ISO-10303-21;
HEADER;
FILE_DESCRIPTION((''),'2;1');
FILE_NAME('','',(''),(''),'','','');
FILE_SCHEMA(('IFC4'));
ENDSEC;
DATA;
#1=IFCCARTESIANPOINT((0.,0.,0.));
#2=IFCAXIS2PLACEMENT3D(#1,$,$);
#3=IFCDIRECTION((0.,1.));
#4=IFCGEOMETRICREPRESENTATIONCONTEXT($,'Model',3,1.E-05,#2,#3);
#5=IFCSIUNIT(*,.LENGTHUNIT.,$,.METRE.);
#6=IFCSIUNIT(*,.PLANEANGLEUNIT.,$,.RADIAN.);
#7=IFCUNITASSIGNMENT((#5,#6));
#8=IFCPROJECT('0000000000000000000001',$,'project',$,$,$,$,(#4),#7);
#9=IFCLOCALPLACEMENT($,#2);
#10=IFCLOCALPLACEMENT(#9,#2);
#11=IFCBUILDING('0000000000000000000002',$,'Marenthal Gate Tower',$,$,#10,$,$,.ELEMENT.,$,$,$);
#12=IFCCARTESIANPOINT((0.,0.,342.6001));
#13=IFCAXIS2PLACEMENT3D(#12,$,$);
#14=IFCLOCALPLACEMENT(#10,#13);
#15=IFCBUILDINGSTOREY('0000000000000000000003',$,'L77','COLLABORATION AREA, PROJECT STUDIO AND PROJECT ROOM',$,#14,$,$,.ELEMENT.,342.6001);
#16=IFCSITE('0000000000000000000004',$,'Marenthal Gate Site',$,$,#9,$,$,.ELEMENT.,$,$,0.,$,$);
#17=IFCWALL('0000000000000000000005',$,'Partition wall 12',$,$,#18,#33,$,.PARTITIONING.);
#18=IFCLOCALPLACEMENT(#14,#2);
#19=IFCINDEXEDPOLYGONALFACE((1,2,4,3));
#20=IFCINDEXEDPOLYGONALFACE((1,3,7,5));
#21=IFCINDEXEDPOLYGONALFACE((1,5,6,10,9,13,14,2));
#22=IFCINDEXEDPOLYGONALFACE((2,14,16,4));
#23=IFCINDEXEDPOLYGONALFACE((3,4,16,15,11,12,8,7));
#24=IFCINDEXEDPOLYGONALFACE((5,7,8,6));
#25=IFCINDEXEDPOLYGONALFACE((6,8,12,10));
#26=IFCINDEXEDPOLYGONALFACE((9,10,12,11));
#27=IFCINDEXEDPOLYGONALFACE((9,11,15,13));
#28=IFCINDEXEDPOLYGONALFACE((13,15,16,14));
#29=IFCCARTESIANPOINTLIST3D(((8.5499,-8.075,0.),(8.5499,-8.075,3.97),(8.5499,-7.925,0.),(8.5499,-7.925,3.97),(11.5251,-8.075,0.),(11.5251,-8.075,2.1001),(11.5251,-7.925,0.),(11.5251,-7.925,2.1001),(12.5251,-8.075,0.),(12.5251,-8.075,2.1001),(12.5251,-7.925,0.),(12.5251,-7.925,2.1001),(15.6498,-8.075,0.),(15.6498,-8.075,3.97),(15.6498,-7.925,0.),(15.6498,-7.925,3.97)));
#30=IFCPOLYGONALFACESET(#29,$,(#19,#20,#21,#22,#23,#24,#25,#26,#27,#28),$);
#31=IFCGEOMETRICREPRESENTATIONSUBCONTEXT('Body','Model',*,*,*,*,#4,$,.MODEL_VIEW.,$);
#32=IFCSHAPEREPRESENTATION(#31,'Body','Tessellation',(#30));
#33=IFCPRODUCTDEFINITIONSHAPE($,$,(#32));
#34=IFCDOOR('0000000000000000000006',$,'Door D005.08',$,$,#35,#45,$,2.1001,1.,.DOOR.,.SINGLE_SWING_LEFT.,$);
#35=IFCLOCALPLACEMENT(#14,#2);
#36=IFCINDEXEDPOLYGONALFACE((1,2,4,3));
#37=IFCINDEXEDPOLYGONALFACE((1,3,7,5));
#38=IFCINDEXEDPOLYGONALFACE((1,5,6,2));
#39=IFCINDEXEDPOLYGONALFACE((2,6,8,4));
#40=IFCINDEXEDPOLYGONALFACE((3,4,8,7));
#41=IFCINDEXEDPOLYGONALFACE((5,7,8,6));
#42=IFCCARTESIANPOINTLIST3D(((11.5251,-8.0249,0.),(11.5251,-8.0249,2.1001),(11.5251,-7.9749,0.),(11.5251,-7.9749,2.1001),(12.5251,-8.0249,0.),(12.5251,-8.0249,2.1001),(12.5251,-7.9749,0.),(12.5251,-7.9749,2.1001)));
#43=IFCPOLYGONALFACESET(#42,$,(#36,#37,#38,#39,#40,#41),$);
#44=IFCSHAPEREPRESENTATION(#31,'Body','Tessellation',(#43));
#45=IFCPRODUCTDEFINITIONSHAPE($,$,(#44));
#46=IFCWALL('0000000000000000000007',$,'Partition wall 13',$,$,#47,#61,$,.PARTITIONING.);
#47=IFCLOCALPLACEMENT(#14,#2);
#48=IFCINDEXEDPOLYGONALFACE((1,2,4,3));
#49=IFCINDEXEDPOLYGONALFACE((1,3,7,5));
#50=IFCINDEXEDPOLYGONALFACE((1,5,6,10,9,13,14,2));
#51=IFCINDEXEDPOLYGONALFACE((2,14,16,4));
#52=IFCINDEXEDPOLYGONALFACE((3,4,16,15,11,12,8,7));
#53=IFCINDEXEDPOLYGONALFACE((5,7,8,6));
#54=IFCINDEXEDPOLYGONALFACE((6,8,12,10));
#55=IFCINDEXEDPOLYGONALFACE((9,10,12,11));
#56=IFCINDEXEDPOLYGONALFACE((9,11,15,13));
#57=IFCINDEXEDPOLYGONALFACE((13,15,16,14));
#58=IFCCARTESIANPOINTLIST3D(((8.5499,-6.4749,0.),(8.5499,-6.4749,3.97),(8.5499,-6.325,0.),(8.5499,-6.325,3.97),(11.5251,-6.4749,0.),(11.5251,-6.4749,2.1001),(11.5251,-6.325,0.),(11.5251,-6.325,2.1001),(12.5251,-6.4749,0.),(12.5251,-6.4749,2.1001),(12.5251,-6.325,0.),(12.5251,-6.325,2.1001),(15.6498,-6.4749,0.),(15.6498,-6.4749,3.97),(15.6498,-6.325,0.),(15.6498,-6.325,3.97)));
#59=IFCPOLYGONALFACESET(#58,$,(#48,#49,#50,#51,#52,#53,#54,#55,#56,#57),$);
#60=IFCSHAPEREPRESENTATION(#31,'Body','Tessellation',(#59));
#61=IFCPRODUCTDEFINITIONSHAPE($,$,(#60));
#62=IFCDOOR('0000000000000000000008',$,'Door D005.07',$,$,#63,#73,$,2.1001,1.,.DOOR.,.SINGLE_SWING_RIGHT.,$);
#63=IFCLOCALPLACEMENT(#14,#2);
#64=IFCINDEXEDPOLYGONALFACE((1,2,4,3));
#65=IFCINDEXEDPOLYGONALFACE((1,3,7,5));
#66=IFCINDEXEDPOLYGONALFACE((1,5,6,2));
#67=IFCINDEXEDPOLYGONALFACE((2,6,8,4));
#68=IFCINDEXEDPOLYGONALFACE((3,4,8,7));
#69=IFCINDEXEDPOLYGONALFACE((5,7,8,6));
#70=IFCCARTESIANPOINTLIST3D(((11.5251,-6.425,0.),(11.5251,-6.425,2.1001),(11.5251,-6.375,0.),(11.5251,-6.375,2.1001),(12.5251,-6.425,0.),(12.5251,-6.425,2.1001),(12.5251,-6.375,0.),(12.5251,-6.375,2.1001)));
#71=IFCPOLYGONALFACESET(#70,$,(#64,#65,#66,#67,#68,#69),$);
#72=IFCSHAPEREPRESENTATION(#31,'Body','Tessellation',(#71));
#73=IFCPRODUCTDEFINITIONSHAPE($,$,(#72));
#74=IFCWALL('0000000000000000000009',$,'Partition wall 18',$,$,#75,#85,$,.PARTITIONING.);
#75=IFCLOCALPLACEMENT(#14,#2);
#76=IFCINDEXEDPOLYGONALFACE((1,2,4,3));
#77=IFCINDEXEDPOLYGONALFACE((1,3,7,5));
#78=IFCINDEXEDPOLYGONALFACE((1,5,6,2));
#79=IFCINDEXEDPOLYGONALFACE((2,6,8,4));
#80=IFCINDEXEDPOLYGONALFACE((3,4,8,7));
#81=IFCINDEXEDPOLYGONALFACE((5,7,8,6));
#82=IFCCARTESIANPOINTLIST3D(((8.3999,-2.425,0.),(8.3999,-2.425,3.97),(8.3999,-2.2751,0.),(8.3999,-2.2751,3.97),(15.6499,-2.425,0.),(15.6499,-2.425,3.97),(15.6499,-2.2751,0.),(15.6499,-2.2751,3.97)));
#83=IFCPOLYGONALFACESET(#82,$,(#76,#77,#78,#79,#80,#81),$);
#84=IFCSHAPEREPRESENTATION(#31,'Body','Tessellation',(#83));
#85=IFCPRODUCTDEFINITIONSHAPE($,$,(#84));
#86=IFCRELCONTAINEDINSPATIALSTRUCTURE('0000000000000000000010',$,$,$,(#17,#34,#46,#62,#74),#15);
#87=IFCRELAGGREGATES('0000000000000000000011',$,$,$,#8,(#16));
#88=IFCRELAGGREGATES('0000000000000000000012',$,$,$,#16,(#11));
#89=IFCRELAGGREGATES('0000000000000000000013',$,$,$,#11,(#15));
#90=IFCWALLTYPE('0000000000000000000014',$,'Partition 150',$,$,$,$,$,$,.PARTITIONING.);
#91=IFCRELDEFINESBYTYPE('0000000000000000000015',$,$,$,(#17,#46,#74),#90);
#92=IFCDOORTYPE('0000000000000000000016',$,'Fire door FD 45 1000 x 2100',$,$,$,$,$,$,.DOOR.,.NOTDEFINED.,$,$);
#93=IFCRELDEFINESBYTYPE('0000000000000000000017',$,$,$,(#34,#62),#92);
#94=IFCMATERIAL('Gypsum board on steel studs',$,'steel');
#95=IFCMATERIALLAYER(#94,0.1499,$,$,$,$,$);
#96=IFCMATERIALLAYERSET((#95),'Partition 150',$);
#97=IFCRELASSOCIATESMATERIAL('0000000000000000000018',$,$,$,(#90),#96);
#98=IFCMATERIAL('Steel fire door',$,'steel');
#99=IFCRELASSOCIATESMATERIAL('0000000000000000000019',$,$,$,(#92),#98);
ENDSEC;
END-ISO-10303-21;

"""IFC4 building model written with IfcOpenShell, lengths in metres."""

from ifc_helpers import new_model, si_unit, direction, frame, frame_2d, origin, place, context, subcontext, project, spatial, rectangle, extrude, material, layer, layer_set, type_object, element, fill, save


model = new_model("IFC4")

# Units and contexts
model_context = context("Model", 3, precision=1e-05, world=origin(), true_north=direction((0.0, 1.0)))
body_context = subcontext(model_context, "Body", "Model", "MODEL_VIEW")
ifc_project = project(units=[si_unit("LENGTHUNIT", "METRE"), si_unit("PLANEANGLEUNIT", "RADIAN")], contexts=[model_context])

# Site, building, storey
site_placement = place(None, origin())
site = spatial("IfcSite", under=ifc_project, at=site_placement, Name="Marenthal Gate Site", CompositionType="ELEMENT", RefElevation=0.0)
building_placement = place(site_placement, origin())
building = spatial("IfcBuilding", under=site, at=building_placement, Name="Marenthal Gate Tower", CompositionType="ELEMENT")
storey_placement = place(building_placement, frame((0.0, 0.0, 342.6001)))
storey = spatial("IfcBuildingStorey", under=building, at=storey_placement, Name="L77", Description="COLLABORATION AREA, PROJECT STUDIO AND PROJECT ROOM", CompositionType="ELEMENT", Elevation=342.6001)

# Walls, openings, doors
ifc_material_1 = material(Name="Gypsum board on steel studs", Category="steel")
ifc_layer_1 = layer(ifc_material_1, 0.1499)
ifc_layer_set_1 = layer_set([ifc_layer_1], Name="Partition 150")
wall_type_1 = type_object("IfcWallType", Name="Partition 150", PredefinedType="PARTITIONING", material=ifc_layer_set_1)
wall_1_placement = place(storey_placement, frame((8.55, -8.0, 0.0), z_axis=(0.0, 0.0, 1.0), x_axis=(1.0, 0.0, 0.0)))
wall_1 = element("IfcWall", 1, at=wall_1_placement, inside=storey, type_object=wall_type_1, Name="Partition wall 12", PredefinedType="PARTITIONING", context=body_context, shape_type="SweptSolid", body=[
    extrude(rectangle(XDim=7.0999, YDim=0.1499, at=frame_2d((3.5498, 0.0))), origin(), (0.0, 0.0, 1.0), 3.97),
])
opening_1_placement = place(wall_1_placement, frame((2.9751, 0.0, 0.0)))
opening_1 = element("IfcOpeningElement", 2, at=opening_1_placement, cuts=wall_1, PredefinedType="OPENING", context=body_context, shape_type="SweptSolid", body=[
    extrude(rectangle(XDim=1.0, YDim=2.1001, at=frame_2d((0.5, 1.05))), frame((0.0, 0.085, 0.0), z_axis=(0.0, -1.0, 0.0), x_axis=(1.0, 0.0, 0.0)), (0.0, 0.0, 1.0), 0.1699),
])
ifc_material_2 = material(Name="Steel fire door", Category="steel")
door_type = type_object("IfcDoorType", Name="Fire door FD 45 1000 x 2100", OperationType="NOTDEFINED", PredefinedType="DOOR", material=ifc_material_2)
door_1_placement = place(opening_1_placement, frame((1.0, 0.0, 0.0), z_axis=(0.0, 0.0, 1.0), x_axis=(-1.0, 0.0, 0.0)))
door_1 = element("IfcDoor", 3, at=door_1_placement, inside=storey, type_object=door_type, Name="Door D005.08", OperationType="SINGLE_SWING_LEFT", OverallHeight=2.1001, OverallWidth=1.0, PredefinedType="DOOR", context=body_context, shape_type="SweptSolid", body=[
    extrude(rectangle(XDim=1.0, YDim=2.1001, at=frame_2d((0.5, 1.05))), frame((0.0, 0.0249, 0.0), z_axis=(0.0, -1.0, 0.0), x_axis=(1.0, 0.0, 0.0)), (0.0, 0.0, 1.0), 0.05),
])
fill(opening_1, door_1)
wall_2_placement = place(storey_placement, frame((8.55, -6.3999, 0.0), z_axis=(0.0, 0.0, 1.0), x_axis=(1.0, 0.0, 0.0)))
wall_2 = element("IfcWall", 4, at=wall_2_placement, inside=storey, type_object=wall_type_1, Name="Partition wall 13", PredefinedType="PARTITIONING", context=body_context, shape_type="SweptSolid", body=[
    extrude(rectangle(XDim=7.0999, YDim=0.1499, at=frame_2d((3.5498, 0.0))), origin(), (0.0, 0.0, 1.0), 3.97),
])
opening_2_placement = place(wall_2_placement, frame((2.9751, 0.0, 0.0)))
opening_2 = element("IfcOpeningElement", 5, at=opening_2_placement, cuts=wall_2, PredefinedType="OPENING", context=body_context, shape_type="SweptSolid", body=[
    extrude(rectangle(XDim=1.0, YDim=2.1001, at=frame_2d((0.5, 1.05))), frame((0.0, 0.085, 0.0), z_axis=(0.0, -1.0, 0.0), x_axis=(1.0, 0.0, 0.0)), (0.0, 0.0, 1.0), 0.1699),
])
door_2_placement = place(opening_2_placement, origin())
door_2 = element("IfcDoor", 6, at=door_2_placement, inside=storey, type_object=door_type, Name="Door D005.07", OperationType="SINGLE_SWING_RIGHT", OverallHeight=2.1001, OverallWidth=1.0, PredefinedType="DOOR", context=body_context, shape_type="SweptSolid", body=[
    extrude(rectangle(XDim=1.0, YDim=2.1001, at=frame_2d((0.5, 1.05))), frame((0.0, 0.0249, 0.0), z_axis=(0.0, -1.0, 0.0), x_axis=(1.0, 0.0, 0.0)), (0.0, 0.0, 1.0), 0.05),
])
fill(opening_2, door_2)

# Wall
wall_3_placement = place(storey_placement, frame((8.3999, -2.3501, 0.0), z_axis=(0.0, 0.0, 1.0), x_axis=(1.0, 0.0, 0.0)))
element("IfcWall", 7, at=wall_3_placement, inside=storey, type_object=wall_type_1, Name="Partition wall 18", PredefinedType="PARTITIONING", context=body_context, shape_type="SweptSolid", body=[
    extrude(rectangle(XDim=7.25, YDim=0.1499, at=frame_2d((3.625, 0.0))), origin(), (0.0, 0.0, 1.0), 3.97),
])

save(model, "model.ifc")
